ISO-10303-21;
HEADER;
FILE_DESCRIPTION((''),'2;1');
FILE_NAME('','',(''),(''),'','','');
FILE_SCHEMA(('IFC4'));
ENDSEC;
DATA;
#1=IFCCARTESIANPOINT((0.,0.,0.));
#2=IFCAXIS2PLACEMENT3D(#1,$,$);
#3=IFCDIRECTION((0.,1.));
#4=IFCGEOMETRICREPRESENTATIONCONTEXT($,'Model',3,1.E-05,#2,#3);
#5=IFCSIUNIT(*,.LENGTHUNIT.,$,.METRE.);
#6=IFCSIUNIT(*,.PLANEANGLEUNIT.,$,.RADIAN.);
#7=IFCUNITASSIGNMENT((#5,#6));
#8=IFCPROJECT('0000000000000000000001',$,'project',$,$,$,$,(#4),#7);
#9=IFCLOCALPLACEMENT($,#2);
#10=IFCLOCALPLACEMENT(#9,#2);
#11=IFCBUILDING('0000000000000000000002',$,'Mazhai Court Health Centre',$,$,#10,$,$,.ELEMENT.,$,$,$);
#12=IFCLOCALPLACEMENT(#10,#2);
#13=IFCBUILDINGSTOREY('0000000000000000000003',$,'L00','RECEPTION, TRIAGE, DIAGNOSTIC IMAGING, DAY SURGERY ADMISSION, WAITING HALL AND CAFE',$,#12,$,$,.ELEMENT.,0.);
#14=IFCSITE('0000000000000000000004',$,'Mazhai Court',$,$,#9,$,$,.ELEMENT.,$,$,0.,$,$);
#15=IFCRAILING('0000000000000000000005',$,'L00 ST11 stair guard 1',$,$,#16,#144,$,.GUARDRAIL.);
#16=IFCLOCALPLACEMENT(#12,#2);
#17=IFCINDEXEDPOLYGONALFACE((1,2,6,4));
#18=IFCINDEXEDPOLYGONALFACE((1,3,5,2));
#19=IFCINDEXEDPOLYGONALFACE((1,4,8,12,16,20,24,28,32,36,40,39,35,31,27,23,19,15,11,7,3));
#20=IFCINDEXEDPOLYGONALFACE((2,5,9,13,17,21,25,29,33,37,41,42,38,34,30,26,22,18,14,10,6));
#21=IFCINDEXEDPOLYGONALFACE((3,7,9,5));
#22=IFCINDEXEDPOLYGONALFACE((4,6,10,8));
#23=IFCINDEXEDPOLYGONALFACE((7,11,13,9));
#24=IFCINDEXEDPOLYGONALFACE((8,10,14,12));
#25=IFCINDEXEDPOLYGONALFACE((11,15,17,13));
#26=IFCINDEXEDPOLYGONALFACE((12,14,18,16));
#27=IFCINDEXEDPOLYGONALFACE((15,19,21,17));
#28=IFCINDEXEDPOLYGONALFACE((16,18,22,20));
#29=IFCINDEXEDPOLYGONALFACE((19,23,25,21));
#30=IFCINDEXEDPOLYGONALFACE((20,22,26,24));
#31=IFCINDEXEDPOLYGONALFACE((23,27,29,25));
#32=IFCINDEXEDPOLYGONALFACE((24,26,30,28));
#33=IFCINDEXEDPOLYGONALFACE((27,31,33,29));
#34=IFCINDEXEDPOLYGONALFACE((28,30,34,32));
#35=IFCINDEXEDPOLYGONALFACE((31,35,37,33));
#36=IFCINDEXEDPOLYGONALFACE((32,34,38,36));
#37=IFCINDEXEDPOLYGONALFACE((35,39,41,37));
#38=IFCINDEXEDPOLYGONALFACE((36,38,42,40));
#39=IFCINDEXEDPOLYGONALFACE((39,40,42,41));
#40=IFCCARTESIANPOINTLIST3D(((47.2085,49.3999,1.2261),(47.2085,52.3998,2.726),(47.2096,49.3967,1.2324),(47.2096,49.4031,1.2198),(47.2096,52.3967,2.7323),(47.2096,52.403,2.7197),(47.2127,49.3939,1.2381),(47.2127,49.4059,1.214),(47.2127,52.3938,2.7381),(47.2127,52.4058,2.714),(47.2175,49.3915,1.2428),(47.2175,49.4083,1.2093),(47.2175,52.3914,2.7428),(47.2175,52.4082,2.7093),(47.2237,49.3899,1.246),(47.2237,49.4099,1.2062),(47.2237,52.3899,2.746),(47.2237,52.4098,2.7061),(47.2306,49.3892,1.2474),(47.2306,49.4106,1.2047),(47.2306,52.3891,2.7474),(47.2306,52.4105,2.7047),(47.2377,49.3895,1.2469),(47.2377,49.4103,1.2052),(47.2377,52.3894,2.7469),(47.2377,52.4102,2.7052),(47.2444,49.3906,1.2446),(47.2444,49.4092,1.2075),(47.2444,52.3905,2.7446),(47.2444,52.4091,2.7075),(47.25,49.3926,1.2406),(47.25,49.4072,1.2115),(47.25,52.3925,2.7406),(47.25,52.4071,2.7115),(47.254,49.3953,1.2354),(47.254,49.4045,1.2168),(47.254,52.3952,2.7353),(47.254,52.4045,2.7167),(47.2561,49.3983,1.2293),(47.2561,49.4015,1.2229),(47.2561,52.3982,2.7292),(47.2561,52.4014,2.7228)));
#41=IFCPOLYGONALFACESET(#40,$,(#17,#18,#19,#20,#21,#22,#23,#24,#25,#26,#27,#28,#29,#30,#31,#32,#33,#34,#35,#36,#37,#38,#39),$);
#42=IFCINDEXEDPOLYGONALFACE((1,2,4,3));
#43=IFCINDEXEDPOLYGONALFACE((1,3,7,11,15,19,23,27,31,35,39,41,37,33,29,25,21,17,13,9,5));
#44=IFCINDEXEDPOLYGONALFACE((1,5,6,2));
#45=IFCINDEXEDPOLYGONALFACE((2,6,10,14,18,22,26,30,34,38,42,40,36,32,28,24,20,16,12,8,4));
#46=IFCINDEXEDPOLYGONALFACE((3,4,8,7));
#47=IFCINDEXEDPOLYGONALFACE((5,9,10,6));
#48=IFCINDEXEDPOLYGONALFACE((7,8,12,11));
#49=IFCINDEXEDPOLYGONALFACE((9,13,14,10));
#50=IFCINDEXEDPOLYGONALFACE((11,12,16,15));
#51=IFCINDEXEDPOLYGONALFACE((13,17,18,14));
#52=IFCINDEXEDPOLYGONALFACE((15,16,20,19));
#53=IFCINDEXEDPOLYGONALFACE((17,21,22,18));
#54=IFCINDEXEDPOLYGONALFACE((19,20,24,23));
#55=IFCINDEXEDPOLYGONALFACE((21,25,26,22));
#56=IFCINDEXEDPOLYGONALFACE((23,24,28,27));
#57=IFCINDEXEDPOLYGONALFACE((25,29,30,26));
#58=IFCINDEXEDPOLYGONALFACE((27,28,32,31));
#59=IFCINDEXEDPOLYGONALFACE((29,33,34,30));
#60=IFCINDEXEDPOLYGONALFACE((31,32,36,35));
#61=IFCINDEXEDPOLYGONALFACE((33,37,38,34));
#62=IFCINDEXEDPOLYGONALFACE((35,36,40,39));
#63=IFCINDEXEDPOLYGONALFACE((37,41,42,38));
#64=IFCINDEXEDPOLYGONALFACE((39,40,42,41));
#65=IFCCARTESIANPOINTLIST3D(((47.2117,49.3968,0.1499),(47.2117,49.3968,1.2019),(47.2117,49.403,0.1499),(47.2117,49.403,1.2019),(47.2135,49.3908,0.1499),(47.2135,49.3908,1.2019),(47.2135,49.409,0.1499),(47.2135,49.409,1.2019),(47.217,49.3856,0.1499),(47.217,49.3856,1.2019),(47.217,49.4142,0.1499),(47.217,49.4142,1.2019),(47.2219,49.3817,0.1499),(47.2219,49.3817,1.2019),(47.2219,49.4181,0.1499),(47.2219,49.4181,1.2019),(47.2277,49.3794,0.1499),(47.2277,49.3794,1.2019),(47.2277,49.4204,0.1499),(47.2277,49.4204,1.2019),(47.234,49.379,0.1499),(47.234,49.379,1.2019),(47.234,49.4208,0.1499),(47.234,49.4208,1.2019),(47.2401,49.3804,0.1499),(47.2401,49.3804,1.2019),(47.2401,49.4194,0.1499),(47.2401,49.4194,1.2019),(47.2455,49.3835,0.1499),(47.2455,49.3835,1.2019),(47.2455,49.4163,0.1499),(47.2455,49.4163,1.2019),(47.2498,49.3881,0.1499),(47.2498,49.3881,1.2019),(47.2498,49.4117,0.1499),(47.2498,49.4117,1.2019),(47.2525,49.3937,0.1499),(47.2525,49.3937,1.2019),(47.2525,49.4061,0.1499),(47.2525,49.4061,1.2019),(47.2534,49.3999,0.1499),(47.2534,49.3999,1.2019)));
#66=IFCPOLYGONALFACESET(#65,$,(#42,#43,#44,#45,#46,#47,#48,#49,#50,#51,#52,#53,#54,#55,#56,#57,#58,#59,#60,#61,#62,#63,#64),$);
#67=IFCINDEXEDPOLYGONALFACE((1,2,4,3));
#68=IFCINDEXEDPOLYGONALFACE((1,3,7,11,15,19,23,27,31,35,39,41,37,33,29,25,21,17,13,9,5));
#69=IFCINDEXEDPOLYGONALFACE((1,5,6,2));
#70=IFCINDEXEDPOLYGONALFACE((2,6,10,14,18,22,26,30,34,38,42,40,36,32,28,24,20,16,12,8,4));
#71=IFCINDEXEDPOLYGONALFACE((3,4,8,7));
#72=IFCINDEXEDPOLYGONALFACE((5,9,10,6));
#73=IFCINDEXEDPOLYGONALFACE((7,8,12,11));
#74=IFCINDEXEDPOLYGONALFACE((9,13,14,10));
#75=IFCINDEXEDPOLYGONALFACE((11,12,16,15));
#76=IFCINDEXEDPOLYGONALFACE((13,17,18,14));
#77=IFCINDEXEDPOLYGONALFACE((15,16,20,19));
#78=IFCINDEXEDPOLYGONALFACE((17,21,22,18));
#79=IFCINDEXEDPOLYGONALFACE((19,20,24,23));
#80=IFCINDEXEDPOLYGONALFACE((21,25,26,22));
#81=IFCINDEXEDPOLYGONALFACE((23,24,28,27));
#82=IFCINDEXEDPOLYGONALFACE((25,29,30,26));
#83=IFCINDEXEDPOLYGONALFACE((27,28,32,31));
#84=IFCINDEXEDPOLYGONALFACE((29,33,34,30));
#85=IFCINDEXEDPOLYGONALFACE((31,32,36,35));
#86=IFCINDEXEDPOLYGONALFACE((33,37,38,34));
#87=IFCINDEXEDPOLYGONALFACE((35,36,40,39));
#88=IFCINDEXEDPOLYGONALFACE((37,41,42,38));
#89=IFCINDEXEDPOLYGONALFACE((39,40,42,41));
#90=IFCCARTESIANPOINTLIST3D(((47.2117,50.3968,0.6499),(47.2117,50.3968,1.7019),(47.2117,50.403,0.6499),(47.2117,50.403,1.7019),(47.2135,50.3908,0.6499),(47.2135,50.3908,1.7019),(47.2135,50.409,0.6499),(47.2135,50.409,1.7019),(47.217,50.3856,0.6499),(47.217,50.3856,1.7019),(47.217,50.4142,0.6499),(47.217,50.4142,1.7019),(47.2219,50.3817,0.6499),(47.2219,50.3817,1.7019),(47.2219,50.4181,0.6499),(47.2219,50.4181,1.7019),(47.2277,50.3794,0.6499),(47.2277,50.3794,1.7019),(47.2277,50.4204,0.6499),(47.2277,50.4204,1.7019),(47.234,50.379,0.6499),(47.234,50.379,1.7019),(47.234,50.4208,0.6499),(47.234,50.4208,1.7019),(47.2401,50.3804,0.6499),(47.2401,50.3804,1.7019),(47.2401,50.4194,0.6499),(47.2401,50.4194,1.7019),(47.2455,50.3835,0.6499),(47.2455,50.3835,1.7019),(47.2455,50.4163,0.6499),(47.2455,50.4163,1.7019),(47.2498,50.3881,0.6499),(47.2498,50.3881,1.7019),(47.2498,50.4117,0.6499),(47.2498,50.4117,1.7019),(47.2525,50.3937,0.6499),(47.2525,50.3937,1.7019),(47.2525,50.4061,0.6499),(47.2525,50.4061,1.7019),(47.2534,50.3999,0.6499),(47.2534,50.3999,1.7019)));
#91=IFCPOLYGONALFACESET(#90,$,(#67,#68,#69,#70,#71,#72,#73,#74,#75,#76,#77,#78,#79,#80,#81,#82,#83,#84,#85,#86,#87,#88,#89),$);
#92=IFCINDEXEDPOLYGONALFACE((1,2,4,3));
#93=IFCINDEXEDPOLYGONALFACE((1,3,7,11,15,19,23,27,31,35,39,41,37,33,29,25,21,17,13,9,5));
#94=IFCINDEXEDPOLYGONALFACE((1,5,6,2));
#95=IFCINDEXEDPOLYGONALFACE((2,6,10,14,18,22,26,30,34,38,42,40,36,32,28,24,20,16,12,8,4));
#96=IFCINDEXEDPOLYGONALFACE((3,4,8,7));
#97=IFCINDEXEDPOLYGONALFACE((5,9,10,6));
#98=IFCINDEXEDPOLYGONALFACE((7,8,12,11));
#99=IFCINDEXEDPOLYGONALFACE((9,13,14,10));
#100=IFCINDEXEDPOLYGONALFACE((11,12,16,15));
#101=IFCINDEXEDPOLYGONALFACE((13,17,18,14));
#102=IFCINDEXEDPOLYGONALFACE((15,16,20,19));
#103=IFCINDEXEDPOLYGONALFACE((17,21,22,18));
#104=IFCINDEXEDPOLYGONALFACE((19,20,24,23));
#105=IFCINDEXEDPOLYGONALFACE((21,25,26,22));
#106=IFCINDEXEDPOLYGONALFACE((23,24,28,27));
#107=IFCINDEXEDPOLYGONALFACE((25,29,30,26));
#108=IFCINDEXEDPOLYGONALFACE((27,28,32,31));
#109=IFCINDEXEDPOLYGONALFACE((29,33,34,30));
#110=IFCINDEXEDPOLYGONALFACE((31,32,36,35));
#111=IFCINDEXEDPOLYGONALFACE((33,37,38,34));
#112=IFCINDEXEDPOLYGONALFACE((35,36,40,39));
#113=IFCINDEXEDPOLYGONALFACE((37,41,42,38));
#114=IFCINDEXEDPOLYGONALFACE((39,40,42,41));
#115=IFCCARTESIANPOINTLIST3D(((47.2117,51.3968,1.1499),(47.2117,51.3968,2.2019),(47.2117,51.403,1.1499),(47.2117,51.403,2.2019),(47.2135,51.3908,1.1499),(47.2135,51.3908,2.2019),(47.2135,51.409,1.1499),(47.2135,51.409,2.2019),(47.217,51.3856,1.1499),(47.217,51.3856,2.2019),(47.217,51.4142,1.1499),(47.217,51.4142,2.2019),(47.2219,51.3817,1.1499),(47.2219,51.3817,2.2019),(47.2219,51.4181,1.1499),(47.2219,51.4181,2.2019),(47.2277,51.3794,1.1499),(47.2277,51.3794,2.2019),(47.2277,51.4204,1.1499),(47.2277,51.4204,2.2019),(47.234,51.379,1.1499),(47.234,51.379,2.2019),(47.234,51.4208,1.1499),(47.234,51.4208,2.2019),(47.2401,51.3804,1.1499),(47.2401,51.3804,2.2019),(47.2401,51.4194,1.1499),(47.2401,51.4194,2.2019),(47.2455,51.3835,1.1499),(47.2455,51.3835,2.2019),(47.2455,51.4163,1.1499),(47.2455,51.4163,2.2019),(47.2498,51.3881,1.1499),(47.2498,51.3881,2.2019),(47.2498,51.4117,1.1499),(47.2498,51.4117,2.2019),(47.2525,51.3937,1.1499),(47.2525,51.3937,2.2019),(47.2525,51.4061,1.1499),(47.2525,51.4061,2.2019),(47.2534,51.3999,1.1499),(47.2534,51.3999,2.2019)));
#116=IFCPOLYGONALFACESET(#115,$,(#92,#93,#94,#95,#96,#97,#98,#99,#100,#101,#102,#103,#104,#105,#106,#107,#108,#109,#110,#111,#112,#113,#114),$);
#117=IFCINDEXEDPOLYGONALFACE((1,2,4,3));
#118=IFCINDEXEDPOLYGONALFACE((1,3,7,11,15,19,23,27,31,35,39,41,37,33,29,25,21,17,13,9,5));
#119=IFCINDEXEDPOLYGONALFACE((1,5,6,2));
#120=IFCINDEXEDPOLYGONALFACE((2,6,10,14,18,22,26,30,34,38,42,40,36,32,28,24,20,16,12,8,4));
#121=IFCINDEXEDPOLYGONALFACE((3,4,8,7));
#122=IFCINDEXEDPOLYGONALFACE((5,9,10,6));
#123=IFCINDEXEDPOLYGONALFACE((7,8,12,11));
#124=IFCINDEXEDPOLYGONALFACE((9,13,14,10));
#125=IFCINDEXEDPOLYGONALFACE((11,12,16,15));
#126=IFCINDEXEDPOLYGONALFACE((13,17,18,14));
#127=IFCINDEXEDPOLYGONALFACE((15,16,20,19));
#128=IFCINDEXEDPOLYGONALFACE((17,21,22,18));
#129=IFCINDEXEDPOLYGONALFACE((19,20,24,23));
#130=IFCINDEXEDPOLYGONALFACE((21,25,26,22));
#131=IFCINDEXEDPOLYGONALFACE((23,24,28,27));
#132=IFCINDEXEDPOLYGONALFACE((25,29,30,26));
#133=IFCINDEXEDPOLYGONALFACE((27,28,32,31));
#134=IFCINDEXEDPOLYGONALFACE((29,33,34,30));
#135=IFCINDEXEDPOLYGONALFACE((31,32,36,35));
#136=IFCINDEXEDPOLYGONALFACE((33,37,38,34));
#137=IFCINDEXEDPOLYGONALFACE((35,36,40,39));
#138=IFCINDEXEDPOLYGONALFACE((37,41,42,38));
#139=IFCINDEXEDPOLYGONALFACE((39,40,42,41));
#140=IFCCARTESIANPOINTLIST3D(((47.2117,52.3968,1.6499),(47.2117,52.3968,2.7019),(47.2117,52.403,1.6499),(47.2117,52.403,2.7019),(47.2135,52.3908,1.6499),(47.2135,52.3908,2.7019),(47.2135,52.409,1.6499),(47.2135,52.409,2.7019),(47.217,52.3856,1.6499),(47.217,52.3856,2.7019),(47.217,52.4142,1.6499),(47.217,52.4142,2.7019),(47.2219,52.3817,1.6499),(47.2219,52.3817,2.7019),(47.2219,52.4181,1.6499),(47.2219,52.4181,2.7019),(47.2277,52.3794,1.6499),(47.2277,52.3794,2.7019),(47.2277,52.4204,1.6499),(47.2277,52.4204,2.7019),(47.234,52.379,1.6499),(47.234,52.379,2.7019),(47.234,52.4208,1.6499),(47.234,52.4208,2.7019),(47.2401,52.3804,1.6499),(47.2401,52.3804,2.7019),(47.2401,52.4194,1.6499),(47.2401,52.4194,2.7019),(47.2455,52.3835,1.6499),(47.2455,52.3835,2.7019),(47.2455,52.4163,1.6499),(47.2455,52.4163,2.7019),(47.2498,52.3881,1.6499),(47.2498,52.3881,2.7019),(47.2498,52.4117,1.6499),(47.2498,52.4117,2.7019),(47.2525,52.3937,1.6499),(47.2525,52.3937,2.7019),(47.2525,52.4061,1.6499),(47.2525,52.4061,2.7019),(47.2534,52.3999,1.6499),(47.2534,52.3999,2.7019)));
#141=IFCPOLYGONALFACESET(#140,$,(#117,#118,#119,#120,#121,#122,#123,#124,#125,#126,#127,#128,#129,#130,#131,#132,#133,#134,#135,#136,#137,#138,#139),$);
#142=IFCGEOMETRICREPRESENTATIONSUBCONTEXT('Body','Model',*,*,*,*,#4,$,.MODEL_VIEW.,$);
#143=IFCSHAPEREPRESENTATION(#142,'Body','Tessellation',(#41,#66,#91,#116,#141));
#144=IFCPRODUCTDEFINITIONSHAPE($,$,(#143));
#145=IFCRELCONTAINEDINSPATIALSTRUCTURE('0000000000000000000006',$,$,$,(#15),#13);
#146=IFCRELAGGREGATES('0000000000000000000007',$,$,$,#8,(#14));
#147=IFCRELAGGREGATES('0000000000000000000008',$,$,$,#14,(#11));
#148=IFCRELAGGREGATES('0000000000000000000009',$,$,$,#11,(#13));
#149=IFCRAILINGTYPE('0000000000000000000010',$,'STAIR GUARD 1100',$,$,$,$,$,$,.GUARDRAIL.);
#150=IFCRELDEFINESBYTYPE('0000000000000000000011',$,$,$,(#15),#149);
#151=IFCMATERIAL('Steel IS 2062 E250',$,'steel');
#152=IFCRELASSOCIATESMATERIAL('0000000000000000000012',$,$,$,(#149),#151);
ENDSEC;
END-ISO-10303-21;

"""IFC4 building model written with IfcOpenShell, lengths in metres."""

from ifc_helpers import new_model, si_unit, direction, frame, origin, origin_2d, place, context, subcontext, project, spatial, circle, extrude, material, type_object, element, save


model = new_model("IFC4")

# Units and contexts
model_context = context("Model", 3, precision=1e-05, world=origin(), true_north=direction((0.0, 1.0)))
body_context = subcontext(model_context, "Body", "Model", "MODEL_VIEW")
ifc_project = project(units=[si_unit("LENGTHUNIT", "METRE"), si_unit("PLANEANGLEUNIT", "RADIAN")], contexts=[model_context])

# Site, building, storey
site_placement = place(None, origin())
site = spatial("IfcSite", under=ifc_project, at=site_placement, Name="Mazhai Court", CompositionType="ELEMENT", RefElevation=0.0)
building_placement = place(site_placement, origin())
building = spatial("IfcBuilding", under=site, at=building_placement, Name="Mazhai Court Health Centre", CompositionType="ELEMENT")
storey_placement = place(building_placement, origin())
storey = spatial("IfcBuildingStorey", under=building, at=storey_placement, Name="L00", Description="RECEPTION, TRIAGE, DIAGNOSTIC IMAGING, DAY SURGERY ADMISSION, WAITING HALL AND CAFE", CompositionType="ELEMENT", Elevation=0.0)

# Railing
ifc_material_1 = material(Name="Steel IS 2062 E250", Category="steel")
railing_type_1 = type_object("IfcRailingType", Name="STAIR GUARD 1100", PredefinedType="GUARDRAIL", material=ifc_material_1)
railing_1_placement = place(storey_placement, frame((47.2324, 49.3999, 0.1499)))
element("IfcRailing", 1, at=railing_1_placement, inside=storey, type_object=railing_type_1, Name="L00 ST11 stair guard 1", PredefinedType="GUARDRAIL", context=body_context, shape_type="SweptSolid", body=[
    extrude(circle(Radius=0.0239, at=origin_2d()), frame((0.0, 0.0, 1.0762), z_axis=(0.0, 0.894427, 0.447214), x_axis=(-1.0, 0.0, 0.0)), (0.0, 0.0, 1.0), 3.354),
    extrude(circle(Radius=0.021, at=origin_2d()), origin(), (0.0, 0.0, 1.0), 1.052),
    extrude(circle(Radius=0.021, at=origin_2d()), frame((0.0, 1.0, 0.5)), (0.0, 0.0, 1.0), 1.052),
    extrude(circle(Radius=0.021, at=origin_2d()), frame((0.0, 2.0, 1.0)), (0.0, 0.0, 1.0), 1.052),
    extrude(circle(Radius=0.021, at=origin_2d()), frame((0.0, 3.0, 1.5)), (0.0, 0.0, 1.0), 1.052),
])

save(model, "model.ifc")
